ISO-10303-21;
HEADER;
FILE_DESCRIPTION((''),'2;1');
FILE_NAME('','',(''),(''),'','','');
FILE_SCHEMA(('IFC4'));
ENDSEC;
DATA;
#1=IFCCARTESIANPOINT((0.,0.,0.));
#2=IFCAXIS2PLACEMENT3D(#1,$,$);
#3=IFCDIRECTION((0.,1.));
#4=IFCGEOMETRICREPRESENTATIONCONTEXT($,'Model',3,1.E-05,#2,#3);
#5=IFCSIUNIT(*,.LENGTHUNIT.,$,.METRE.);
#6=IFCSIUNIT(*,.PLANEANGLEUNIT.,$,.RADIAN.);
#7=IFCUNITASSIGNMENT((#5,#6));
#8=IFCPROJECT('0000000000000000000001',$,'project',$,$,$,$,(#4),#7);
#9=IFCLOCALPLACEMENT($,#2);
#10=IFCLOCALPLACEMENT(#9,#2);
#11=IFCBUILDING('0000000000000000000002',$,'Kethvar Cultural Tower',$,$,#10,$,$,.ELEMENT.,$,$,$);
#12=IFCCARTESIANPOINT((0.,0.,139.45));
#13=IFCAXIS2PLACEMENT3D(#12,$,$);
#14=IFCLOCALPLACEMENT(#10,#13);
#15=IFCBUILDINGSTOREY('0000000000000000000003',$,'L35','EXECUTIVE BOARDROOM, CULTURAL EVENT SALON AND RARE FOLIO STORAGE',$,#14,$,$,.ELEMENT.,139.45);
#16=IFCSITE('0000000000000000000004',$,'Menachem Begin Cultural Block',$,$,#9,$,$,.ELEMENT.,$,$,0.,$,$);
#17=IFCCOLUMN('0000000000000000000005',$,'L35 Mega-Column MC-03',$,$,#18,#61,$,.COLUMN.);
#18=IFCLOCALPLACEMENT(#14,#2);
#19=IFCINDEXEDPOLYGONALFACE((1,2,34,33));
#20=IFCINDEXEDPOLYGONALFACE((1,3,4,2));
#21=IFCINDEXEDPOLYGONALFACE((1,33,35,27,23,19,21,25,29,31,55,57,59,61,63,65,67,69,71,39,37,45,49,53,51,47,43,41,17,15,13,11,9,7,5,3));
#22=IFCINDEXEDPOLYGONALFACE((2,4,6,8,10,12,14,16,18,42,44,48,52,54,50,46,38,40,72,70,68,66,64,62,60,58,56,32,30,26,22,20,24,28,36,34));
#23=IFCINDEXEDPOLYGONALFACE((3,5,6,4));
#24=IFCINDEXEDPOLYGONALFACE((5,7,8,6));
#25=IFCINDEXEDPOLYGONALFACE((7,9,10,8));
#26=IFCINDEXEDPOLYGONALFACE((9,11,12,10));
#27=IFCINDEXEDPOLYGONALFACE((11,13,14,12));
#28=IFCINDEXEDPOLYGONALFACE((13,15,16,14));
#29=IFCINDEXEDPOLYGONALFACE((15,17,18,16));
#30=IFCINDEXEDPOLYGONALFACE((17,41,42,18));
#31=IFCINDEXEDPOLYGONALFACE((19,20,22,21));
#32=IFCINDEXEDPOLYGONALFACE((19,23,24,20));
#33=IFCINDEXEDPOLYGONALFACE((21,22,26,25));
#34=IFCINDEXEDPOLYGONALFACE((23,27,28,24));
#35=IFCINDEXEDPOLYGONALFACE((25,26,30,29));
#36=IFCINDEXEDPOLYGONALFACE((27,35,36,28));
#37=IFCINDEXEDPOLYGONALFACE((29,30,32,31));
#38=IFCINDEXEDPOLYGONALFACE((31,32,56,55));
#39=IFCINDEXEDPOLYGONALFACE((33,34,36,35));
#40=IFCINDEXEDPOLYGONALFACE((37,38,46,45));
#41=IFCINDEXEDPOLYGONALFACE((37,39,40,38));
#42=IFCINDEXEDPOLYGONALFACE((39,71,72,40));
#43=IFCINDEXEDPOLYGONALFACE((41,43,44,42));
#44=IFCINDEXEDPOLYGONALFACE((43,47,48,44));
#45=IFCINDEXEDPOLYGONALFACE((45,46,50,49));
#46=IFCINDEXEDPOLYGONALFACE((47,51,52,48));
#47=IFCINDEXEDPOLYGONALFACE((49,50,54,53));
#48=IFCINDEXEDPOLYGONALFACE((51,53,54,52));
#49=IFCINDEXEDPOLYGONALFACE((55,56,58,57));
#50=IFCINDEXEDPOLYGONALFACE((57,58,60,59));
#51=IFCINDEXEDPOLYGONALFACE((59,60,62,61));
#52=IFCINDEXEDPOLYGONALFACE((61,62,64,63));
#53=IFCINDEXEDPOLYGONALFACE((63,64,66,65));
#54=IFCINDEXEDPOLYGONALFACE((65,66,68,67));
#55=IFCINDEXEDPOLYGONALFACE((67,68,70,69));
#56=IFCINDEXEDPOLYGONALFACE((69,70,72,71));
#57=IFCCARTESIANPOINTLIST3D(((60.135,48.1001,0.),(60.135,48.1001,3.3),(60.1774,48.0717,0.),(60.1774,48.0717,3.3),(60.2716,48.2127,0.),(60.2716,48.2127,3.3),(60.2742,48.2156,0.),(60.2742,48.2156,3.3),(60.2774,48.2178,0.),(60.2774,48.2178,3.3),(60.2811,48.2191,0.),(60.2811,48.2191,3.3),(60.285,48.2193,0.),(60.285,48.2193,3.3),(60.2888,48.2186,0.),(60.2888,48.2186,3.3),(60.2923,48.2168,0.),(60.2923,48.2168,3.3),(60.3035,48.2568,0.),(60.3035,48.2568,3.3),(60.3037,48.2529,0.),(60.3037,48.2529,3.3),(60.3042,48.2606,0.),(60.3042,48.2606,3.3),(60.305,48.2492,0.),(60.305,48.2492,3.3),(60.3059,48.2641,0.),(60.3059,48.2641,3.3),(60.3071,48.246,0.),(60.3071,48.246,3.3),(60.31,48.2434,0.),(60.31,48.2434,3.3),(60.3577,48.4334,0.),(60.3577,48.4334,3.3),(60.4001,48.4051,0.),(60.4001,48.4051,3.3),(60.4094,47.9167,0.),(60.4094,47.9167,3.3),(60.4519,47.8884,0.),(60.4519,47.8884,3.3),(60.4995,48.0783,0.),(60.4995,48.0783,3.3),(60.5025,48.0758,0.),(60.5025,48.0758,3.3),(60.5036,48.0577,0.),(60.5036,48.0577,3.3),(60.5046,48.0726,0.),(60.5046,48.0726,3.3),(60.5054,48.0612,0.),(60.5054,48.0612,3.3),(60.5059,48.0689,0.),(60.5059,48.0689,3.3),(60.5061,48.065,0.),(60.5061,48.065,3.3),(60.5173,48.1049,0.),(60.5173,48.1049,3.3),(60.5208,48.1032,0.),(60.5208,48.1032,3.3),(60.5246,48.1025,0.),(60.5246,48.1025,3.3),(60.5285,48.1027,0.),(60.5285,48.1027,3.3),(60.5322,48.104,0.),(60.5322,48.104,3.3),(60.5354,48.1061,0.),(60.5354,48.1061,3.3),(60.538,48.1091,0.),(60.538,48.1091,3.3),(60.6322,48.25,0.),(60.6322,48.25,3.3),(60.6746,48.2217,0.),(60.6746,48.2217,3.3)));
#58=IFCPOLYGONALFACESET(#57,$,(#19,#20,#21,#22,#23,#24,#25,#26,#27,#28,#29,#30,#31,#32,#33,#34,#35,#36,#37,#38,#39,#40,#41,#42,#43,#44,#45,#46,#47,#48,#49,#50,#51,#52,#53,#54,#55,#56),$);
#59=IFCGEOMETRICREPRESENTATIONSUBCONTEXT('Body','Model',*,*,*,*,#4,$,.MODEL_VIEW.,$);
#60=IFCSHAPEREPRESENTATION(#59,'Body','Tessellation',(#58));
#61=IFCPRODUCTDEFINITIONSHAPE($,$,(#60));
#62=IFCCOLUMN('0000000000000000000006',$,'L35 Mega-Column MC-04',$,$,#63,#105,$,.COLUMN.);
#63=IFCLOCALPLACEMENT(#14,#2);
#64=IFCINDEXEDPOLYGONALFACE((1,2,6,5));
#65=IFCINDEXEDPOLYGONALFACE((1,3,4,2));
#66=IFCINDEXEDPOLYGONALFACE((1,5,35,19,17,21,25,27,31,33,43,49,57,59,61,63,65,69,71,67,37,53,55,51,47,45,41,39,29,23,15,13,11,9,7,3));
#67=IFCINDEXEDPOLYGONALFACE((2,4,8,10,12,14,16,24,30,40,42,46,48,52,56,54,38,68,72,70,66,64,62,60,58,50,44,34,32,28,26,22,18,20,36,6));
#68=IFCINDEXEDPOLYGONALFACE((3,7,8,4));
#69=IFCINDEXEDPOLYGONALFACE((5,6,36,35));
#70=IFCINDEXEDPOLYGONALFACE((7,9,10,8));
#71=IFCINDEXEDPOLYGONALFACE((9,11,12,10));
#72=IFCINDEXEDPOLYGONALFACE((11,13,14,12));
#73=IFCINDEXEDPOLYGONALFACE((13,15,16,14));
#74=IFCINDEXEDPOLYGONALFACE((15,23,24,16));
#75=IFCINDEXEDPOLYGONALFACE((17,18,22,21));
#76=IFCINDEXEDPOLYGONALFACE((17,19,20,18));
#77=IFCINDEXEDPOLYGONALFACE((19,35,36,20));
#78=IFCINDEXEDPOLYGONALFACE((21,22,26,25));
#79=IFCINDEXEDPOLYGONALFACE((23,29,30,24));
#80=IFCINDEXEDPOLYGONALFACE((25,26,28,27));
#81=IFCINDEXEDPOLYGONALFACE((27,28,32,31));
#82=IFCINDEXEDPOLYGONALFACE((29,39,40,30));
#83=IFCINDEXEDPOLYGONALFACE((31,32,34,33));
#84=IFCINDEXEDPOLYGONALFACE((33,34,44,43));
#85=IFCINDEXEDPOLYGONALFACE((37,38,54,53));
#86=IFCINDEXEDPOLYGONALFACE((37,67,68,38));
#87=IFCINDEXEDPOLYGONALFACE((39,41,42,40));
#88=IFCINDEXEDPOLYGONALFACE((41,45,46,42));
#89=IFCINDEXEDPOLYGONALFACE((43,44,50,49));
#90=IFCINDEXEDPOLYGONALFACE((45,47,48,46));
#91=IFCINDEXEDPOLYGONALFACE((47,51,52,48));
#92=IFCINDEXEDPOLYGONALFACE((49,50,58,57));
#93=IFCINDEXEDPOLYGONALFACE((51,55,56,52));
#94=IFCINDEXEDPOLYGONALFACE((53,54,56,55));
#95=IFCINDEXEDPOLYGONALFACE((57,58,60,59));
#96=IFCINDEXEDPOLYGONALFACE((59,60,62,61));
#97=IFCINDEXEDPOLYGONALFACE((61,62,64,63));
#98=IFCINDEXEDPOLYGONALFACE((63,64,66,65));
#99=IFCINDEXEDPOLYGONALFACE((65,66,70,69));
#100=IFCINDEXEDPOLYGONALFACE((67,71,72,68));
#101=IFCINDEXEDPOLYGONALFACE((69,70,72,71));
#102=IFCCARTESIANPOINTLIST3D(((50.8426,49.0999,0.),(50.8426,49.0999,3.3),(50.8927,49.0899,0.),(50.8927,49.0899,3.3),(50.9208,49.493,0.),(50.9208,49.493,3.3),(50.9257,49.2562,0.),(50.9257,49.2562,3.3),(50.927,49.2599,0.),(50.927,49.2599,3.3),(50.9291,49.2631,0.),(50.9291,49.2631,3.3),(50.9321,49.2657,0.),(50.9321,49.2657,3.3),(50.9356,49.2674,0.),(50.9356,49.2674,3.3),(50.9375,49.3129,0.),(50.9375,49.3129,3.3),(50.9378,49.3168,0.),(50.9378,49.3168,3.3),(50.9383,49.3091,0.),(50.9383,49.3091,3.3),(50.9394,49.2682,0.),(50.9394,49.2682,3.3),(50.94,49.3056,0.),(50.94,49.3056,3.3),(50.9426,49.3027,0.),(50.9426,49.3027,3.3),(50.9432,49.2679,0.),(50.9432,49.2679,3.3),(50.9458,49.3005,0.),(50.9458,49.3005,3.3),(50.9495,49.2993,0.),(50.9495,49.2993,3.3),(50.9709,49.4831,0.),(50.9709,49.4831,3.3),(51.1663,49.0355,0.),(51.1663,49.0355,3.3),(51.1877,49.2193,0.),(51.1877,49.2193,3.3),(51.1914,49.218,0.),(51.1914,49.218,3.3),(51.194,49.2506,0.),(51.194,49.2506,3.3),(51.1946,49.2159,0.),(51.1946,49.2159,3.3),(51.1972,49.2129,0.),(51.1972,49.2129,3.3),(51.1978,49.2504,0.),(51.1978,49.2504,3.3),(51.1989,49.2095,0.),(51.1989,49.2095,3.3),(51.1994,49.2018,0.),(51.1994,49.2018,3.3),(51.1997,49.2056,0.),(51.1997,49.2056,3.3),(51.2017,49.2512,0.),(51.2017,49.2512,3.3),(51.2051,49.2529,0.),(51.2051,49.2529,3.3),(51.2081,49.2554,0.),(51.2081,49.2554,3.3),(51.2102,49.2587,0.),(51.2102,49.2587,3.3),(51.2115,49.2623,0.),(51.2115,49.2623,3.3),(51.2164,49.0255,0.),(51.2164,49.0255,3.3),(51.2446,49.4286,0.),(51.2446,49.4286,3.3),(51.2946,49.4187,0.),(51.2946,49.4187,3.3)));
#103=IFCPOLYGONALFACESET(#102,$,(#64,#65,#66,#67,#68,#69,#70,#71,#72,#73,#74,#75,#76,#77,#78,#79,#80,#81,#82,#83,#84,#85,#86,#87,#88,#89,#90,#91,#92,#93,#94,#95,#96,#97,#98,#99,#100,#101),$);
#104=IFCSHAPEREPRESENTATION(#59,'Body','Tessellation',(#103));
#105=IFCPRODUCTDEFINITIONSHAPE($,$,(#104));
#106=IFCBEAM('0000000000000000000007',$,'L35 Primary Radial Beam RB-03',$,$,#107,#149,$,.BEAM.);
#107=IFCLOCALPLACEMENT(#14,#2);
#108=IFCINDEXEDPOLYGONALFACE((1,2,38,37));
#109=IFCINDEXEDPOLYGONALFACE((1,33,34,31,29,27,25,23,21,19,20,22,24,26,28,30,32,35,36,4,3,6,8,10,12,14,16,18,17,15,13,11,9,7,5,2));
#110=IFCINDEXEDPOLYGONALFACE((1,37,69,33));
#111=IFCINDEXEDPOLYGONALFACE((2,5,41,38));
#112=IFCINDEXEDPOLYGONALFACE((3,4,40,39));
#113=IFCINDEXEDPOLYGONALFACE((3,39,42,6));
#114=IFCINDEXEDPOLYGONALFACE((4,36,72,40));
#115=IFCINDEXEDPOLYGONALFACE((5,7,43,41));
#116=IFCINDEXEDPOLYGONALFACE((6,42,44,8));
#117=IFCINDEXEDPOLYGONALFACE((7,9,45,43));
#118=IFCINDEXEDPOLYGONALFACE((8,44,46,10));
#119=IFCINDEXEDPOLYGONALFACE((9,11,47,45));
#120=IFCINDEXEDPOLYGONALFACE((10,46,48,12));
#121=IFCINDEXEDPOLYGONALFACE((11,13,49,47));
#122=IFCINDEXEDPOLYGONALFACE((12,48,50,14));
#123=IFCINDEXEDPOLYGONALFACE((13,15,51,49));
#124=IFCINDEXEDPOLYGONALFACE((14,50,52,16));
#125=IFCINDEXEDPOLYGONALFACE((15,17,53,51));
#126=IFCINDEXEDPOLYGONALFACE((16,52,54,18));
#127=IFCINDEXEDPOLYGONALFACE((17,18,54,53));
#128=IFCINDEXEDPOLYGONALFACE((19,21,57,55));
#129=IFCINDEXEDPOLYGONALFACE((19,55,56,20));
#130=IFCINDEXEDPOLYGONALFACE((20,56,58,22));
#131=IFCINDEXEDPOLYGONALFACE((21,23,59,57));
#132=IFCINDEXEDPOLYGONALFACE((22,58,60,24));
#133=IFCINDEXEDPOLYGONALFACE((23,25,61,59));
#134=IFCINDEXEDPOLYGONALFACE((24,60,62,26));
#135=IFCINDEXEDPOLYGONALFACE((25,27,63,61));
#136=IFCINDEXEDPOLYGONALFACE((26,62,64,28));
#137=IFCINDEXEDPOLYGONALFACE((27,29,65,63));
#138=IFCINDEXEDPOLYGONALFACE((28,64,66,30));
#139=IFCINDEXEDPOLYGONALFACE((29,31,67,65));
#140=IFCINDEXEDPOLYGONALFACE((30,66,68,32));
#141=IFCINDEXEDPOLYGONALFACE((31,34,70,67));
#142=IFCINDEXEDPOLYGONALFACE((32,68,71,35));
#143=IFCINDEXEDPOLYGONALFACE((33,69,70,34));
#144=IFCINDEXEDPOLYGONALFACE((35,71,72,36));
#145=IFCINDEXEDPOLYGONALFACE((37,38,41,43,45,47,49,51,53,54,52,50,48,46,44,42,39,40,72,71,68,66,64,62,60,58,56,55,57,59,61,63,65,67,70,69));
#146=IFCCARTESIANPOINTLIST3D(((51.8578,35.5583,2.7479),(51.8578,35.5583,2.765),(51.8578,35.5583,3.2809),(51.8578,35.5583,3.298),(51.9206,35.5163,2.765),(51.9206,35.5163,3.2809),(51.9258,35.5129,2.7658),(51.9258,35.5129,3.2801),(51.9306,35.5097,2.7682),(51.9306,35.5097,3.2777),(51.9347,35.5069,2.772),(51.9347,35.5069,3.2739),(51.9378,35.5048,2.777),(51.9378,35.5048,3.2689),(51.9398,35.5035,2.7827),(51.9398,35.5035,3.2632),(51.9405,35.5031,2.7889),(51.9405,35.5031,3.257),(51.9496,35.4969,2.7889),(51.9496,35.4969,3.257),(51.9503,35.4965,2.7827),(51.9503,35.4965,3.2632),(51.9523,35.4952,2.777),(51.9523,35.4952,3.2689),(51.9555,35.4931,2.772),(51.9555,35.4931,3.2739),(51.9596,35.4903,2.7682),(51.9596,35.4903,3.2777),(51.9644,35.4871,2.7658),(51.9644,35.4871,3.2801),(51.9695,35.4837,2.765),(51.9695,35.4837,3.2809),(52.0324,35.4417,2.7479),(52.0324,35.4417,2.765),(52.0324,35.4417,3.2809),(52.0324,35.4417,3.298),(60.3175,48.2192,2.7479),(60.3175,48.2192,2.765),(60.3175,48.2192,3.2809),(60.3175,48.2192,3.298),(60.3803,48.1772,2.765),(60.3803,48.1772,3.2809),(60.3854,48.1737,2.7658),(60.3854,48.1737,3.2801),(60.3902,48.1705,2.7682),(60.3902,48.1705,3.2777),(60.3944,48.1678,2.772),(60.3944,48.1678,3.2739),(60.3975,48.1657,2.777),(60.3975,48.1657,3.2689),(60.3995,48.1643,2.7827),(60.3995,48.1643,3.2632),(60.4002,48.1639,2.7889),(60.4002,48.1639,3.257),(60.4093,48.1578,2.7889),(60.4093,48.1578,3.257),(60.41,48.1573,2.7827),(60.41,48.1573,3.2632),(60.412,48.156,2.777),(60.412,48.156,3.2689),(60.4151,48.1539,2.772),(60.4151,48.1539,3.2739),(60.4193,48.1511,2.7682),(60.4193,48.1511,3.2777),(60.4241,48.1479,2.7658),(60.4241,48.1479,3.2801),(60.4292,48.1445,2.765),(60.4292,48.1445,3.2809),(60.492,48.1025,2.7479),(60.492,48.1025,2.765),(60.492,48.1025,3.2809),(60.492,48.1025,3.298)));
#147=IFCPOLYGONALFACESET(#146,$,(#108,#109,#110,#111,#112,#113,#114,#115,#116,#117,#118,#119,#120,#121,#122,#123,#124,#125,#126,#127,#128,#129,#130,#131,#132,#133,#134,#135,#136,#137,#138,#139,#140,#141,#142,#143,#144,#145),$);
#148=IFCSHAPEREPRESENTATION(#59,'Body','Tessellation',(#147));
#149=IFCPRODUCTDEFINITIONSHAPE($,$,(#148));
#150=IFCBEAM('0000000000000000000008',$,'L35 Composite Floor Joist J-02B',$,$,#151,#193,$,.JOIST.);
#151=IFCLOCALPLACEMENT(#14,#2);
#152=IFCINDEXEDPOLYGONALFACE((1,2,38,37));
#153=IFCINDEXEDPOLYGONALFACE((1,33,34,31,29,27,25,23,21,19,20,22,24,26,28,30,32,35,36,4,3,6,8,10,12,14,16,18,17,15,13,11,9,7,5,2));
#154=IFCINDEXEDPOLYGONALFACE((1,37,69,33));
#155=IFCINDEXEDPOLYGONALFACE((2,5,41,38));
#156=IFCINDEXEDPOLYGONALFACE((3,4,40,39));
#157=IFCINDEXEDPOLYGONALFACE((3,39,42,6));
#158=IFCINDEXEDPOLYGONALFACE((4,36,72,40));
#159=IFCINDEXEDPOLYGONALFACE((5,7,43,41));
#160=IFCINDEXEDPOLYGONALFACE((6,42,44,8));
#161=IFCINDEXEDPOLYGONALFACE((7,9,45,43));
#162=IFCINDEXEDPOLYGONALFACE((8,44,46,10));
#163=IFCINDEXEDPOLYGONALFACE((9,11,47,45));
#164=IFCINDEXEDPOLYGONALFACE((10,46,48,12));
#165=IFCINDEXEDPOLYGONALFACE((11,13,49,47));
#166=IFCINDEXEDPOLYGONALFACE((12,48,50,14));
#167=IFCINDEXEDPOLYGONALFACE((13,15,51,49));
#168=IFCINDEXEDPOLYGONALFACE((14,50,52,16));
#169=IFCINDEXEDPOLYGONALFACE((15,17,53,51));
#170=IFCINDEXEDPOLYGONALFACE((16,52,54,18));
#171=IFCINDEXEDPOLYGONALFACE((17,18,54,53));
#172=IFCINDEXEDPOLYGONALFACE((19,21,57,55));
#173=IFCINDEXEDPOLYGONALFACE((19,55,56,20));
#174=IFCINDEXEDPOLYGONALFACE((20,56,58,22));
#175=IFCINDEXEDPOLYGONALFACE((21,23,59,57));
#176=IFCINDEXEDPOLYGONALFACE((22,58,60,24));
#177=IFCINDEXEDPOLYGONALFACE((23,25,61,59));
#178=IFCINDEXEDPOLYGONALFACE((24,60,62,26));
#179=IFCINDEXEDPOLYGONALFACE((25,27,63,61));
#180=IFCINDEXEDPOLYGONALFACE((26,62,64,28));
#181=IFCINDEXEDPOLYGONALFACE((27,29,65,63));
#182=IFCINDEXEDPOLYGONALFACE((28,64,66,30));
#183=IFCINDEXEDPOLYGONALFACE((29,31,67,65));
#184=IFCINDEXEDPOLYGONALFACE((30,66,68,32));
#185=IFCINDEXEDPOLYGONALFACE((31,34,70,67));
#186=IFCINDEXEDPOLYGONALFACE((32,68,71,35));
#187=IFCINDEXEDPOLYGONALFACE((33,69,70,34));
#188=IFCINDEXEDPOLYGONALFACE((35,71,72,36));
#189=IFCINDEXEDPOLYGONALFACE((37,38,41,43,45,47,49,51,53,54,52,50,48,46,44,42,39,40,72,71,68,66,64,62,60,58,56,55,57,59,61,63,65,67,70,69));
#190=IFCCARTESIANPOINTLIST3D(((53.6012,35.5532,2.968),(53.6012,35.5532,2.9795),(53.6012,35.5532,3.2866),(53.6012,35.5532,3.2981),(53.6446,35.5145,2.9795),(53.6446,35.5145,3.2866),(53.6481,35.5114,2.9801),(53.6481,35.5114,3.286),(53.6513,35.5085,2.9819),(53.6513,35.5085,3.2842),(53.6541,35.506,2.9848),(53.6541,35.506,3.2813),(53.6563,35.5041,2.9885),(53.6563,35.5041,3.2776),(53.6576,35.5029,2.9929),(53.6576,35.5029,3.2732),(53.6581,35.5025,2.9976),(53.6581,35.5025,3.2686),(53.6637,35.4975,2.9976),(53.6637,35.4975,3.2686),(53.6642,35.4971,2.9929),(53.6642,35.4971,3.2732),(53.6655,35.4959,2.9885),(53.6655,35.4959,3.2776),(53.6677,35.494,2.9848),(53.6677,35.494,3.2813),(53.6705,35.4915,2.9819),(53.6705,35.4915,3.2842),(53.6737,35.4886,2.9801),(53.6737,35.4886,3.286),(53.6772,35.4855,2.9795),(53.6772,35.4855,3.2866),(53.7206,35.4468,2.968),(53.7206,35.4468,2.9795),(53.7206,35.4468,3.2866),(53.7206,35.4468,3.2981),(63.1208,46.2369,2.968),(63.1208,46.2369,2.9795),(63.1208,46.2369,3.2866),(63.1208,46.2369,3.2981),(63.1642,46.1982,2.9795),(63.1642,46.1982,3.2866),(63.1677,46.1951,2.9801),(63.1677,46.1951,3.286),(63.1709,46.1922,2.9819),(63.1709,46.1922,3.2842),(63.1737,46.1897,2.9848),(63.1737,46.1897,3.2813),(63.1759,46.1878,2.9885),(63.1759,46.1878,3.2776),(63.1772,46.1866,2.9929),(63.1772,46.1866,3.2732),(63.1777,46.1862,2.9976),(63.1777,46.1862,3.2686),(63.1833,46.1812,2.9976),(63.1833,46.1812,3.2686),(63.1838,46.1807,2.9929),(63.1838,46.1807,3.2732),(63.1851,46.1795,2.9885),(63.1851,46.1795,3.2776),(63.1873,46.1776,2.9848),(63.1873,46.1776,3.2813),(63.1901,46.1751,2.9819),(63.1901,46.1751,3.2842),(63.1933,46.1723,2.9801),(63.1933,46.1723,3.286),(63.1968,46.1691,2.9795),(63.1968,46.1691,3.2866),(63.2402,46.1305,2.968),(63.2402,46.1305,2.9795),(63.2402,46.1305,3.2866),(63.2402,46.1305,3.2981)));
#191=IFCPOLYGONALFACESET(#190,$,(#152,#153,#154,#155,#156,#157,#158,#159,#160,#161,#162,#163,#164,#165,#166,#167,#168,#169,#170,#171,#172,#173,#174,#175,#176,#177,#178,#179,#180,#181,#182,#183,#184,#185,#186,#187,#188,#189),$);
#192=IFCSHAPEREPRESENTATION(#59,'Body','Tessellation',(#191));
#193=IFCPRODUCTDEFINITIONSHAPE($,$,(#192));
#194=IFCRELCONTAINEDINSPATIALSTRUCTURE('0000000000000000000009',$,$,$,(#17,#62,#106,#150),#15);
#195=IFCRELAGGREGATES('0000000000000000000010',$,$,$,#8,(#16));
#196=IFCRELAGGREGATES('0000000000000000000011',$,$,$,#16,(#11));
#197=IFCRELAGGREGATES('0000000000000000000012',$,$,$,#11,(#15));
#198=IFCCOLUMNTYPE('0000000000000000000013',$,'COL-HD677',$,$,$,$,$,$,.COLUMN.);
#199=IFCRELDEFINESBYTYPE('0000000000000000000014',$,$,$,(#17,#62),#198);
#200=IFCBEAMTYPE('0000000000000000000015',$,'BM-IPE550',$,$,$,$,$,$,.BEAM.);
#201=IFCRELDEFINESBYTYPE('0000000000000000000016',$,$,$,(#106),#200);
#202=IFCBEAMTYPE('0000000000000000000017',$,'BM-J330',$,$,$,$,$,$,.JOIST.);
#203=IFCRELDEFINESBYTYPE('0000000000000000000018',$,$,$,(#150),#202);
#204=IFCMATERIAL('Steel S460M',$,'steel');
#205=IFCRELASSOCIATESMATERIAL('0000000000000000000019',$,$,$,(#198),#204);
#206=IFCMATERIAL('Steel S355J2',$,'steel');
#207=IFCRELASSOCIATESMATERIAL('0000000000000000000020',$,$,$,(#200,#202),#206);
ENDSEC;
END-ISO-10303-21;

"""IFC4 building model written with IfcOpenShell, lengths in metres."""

from ifc_helpers import new_model, si_unit, direction, frame, origin, origin_2d, place, context, subcontext, project, spatial, i_section, extrude, source, transform, mapped, material, material_profile, profile_set, type_object, element, save


model = new_model("IFC4")

# Units and contexts
model_context = context("Model", 3, precision=1e-05, world=origin(), true_north=direction((0.0, 1.0)))
body_context = subcontext(model_context, "Body", "Model", "MODEL_VIEW")
ifc_project = project(units=[si_unit("LENGTHUNIT", "METRE"), si_unit("PLANEANGLEUNIT", "RADIAN")], contexts=[model_context])

# Site, building, storey
site_placement = place(None, origin())
site = spatial("IfcSite", under=ifc_project, at=site_placement, Name="Menachem Begin Cultural Block", CompositionType="ELEMENT", RefElevation=0.0)
building_placement = place(site_placement, origin())
building = spatial("IfcBuilding", under=site, at=building_placement, Name="Kethvar Cultural Tower", CompositionType="ELEMENT")
storey_placement = place(building_placement, frame((0.0, 0.0, 139.45)))
storey = spatial("IfcBuildingStorey", under=building, at=storey_placement, Name="L35", Description="EXECUTIVE BOARDROOM, CULTURAL EVENT SALON AND RARE FOLIO STORAGE", CompositionType="ELEMENT", Elevation=139.45)

# Columns
ifc_material_1 = material(Name="Steel S460M", Category="steel")
ifc_material_profile_1 = material_profile(ifc_material_1, i_section(OverallWidth=0.4009, OverallDepth=0.3811, WebThickness=0.032, FlangeThickness=0.051, FilletRadius=0.0149, at=origin_2d()), Name="Steel S460M — HD400x677")
ifc_profile_set_1 = profile_set([ifc_material_profile_1], Name="Steel S460M — HD400x677")
column_type = type_object("IfcColumnType", Name="COL-HD677", PredefinedType="COLUMN", material=ifc_profile_set_1)
shared_shape_1 = source(origin(), body_context, "Body", "SweptSolid", [
    extrude(i_section(OverallWidth=0.4009, OverallDepth=0.3811, WebThickness=0.032, FlangeThickness=0.051, FilletRadius=0.0149, at=origin_2d()), origin(), (0.0, 0.0, 1.0), 3.3),
])
for number, where, z_axis, x_axis, name in (
    (1, (60.4048, 48.1609, 0.0), (0.0, 0.0, 1.0), (0.55557, 0.83147, 0.0), "L35 Mega-Column MC-03"),
    (2, (51.0686, 49.2593, 0.0), (0.0, 0.0, 1.0), (0.19509, 0.980785, 0.0), "L35 Mega-Column MC-04"),
):
    element("IfcColumn", number, at=place(storey_placement, frame(where, z_axis=z_axis, x_axis=x_axis)), inside=storey, type_object=column_type, Name=name, PredefinedType="COLUMN", context=body_context, shape_type="MappedRepresentation", body=[
        mapped(shared_shape_1, transform((0.0, 0.0, 0.0), scale=1.0)),
    ])

# Beams
ifc_material_2 = material(Name="Steel S355J2", Category="steel")
ifc_material_profile_2 = material_profile(ifc_material_2, i_section(OverallWidth=0.21, OverallDepth=0.55, WebThickness=0.011, FlangeThickness=0.0171, FilletRadius=0.0239, at=origin_2d()), Name="Steel S355J2 — IPE550")
ifc_profile_set_2 = profile_set([ifc_material_profile_2], Name="Steel S355J2 — IPE550")
beam_type_1 = type_object("IfcBeamType", Name="BM-IPE550", PredefinedType="BEAM", material=ifc_profile_set_2)
shared_shape_2 = source(origin(), body_context, "Body", "SweptSolid", [
    extrude(i_section(OverallWidth=0.21, OverallDepth=0.55, WebThickness=0.011, FlangeThickness=0.0171, FilletRadius=0.0239, at=origin_2d()), origin(), (0.0, 0.0, 1.0), 15.2271),
])
beam_1_placement = place(storey_placement, frame((51.9451, 35.5, 3.0229), z_axis=(0.555569, 0.83147, 0.0), x_axis=(-0.83147, 0.555569, 0.0)))
element("IfcBeam", 3, at=beam_1_placement, inside=storey, type_object=beam_type_1, Name="L35 Primary Radial Beam RB-03", PredefinedType="BEAM", context=body_context, shape_type="MappedRepresentation", body=[
    mapped(shared_shape_2, transform((0.0, 0.0, 0.0), scale=1.0)),
])
ifc_material_profile_3 = material_profile(ifc_material_2, i_section(OverallWidth=0.1599, OverallDepth=0.3301, WebThickness=0.0076, FlangeThickness=0.0115, FilletRadius=0.0181, at=origin_2d()), Name="Steel S355J2 — IPE330")
ifc_profile_set_3 = profile_set([ifc_material_profile_3], Name="Steel S355J2 — IPE330")
beam_type_2 = type_object("IfcBeamType", Name="BM-J330", PredefinedType="JOIST", material=ifc_profile_set_3)
shared_shape_3 = source(origin(), body_context, "Body", "SweptSolid", [
    extrude(i_section(OverallWidth=0.1599, OverallDepth=0.3301, WebThickness=0.0076, FlangeThickness=0.0115, FilletRadius=0.0181, at=origin_2d()), origin(), (0.0, 0.0, 1.0), 14.3096),
])
beam_2_placement = place(storey_placement, frame((53.6609, 35.5, 3.1331), z_axis=(0.665261, 0.746611, 0.0), x_axis=(-0.746611, 0.665261, 0.0)))
element("IfcBeam", 4, at=beam_2_placement, inside=storey, type_object=beam_type_2, Name="L35 Composite Floor Joist J-02B", PredefinedType="JOIST", context=body_context, shape_type="MappedRepresentation", body=[
    mapped(shared_shape_3, transform((0.0, 0.0, 0.0), scale=1.0)),
])

save(model, "model.ifc")
